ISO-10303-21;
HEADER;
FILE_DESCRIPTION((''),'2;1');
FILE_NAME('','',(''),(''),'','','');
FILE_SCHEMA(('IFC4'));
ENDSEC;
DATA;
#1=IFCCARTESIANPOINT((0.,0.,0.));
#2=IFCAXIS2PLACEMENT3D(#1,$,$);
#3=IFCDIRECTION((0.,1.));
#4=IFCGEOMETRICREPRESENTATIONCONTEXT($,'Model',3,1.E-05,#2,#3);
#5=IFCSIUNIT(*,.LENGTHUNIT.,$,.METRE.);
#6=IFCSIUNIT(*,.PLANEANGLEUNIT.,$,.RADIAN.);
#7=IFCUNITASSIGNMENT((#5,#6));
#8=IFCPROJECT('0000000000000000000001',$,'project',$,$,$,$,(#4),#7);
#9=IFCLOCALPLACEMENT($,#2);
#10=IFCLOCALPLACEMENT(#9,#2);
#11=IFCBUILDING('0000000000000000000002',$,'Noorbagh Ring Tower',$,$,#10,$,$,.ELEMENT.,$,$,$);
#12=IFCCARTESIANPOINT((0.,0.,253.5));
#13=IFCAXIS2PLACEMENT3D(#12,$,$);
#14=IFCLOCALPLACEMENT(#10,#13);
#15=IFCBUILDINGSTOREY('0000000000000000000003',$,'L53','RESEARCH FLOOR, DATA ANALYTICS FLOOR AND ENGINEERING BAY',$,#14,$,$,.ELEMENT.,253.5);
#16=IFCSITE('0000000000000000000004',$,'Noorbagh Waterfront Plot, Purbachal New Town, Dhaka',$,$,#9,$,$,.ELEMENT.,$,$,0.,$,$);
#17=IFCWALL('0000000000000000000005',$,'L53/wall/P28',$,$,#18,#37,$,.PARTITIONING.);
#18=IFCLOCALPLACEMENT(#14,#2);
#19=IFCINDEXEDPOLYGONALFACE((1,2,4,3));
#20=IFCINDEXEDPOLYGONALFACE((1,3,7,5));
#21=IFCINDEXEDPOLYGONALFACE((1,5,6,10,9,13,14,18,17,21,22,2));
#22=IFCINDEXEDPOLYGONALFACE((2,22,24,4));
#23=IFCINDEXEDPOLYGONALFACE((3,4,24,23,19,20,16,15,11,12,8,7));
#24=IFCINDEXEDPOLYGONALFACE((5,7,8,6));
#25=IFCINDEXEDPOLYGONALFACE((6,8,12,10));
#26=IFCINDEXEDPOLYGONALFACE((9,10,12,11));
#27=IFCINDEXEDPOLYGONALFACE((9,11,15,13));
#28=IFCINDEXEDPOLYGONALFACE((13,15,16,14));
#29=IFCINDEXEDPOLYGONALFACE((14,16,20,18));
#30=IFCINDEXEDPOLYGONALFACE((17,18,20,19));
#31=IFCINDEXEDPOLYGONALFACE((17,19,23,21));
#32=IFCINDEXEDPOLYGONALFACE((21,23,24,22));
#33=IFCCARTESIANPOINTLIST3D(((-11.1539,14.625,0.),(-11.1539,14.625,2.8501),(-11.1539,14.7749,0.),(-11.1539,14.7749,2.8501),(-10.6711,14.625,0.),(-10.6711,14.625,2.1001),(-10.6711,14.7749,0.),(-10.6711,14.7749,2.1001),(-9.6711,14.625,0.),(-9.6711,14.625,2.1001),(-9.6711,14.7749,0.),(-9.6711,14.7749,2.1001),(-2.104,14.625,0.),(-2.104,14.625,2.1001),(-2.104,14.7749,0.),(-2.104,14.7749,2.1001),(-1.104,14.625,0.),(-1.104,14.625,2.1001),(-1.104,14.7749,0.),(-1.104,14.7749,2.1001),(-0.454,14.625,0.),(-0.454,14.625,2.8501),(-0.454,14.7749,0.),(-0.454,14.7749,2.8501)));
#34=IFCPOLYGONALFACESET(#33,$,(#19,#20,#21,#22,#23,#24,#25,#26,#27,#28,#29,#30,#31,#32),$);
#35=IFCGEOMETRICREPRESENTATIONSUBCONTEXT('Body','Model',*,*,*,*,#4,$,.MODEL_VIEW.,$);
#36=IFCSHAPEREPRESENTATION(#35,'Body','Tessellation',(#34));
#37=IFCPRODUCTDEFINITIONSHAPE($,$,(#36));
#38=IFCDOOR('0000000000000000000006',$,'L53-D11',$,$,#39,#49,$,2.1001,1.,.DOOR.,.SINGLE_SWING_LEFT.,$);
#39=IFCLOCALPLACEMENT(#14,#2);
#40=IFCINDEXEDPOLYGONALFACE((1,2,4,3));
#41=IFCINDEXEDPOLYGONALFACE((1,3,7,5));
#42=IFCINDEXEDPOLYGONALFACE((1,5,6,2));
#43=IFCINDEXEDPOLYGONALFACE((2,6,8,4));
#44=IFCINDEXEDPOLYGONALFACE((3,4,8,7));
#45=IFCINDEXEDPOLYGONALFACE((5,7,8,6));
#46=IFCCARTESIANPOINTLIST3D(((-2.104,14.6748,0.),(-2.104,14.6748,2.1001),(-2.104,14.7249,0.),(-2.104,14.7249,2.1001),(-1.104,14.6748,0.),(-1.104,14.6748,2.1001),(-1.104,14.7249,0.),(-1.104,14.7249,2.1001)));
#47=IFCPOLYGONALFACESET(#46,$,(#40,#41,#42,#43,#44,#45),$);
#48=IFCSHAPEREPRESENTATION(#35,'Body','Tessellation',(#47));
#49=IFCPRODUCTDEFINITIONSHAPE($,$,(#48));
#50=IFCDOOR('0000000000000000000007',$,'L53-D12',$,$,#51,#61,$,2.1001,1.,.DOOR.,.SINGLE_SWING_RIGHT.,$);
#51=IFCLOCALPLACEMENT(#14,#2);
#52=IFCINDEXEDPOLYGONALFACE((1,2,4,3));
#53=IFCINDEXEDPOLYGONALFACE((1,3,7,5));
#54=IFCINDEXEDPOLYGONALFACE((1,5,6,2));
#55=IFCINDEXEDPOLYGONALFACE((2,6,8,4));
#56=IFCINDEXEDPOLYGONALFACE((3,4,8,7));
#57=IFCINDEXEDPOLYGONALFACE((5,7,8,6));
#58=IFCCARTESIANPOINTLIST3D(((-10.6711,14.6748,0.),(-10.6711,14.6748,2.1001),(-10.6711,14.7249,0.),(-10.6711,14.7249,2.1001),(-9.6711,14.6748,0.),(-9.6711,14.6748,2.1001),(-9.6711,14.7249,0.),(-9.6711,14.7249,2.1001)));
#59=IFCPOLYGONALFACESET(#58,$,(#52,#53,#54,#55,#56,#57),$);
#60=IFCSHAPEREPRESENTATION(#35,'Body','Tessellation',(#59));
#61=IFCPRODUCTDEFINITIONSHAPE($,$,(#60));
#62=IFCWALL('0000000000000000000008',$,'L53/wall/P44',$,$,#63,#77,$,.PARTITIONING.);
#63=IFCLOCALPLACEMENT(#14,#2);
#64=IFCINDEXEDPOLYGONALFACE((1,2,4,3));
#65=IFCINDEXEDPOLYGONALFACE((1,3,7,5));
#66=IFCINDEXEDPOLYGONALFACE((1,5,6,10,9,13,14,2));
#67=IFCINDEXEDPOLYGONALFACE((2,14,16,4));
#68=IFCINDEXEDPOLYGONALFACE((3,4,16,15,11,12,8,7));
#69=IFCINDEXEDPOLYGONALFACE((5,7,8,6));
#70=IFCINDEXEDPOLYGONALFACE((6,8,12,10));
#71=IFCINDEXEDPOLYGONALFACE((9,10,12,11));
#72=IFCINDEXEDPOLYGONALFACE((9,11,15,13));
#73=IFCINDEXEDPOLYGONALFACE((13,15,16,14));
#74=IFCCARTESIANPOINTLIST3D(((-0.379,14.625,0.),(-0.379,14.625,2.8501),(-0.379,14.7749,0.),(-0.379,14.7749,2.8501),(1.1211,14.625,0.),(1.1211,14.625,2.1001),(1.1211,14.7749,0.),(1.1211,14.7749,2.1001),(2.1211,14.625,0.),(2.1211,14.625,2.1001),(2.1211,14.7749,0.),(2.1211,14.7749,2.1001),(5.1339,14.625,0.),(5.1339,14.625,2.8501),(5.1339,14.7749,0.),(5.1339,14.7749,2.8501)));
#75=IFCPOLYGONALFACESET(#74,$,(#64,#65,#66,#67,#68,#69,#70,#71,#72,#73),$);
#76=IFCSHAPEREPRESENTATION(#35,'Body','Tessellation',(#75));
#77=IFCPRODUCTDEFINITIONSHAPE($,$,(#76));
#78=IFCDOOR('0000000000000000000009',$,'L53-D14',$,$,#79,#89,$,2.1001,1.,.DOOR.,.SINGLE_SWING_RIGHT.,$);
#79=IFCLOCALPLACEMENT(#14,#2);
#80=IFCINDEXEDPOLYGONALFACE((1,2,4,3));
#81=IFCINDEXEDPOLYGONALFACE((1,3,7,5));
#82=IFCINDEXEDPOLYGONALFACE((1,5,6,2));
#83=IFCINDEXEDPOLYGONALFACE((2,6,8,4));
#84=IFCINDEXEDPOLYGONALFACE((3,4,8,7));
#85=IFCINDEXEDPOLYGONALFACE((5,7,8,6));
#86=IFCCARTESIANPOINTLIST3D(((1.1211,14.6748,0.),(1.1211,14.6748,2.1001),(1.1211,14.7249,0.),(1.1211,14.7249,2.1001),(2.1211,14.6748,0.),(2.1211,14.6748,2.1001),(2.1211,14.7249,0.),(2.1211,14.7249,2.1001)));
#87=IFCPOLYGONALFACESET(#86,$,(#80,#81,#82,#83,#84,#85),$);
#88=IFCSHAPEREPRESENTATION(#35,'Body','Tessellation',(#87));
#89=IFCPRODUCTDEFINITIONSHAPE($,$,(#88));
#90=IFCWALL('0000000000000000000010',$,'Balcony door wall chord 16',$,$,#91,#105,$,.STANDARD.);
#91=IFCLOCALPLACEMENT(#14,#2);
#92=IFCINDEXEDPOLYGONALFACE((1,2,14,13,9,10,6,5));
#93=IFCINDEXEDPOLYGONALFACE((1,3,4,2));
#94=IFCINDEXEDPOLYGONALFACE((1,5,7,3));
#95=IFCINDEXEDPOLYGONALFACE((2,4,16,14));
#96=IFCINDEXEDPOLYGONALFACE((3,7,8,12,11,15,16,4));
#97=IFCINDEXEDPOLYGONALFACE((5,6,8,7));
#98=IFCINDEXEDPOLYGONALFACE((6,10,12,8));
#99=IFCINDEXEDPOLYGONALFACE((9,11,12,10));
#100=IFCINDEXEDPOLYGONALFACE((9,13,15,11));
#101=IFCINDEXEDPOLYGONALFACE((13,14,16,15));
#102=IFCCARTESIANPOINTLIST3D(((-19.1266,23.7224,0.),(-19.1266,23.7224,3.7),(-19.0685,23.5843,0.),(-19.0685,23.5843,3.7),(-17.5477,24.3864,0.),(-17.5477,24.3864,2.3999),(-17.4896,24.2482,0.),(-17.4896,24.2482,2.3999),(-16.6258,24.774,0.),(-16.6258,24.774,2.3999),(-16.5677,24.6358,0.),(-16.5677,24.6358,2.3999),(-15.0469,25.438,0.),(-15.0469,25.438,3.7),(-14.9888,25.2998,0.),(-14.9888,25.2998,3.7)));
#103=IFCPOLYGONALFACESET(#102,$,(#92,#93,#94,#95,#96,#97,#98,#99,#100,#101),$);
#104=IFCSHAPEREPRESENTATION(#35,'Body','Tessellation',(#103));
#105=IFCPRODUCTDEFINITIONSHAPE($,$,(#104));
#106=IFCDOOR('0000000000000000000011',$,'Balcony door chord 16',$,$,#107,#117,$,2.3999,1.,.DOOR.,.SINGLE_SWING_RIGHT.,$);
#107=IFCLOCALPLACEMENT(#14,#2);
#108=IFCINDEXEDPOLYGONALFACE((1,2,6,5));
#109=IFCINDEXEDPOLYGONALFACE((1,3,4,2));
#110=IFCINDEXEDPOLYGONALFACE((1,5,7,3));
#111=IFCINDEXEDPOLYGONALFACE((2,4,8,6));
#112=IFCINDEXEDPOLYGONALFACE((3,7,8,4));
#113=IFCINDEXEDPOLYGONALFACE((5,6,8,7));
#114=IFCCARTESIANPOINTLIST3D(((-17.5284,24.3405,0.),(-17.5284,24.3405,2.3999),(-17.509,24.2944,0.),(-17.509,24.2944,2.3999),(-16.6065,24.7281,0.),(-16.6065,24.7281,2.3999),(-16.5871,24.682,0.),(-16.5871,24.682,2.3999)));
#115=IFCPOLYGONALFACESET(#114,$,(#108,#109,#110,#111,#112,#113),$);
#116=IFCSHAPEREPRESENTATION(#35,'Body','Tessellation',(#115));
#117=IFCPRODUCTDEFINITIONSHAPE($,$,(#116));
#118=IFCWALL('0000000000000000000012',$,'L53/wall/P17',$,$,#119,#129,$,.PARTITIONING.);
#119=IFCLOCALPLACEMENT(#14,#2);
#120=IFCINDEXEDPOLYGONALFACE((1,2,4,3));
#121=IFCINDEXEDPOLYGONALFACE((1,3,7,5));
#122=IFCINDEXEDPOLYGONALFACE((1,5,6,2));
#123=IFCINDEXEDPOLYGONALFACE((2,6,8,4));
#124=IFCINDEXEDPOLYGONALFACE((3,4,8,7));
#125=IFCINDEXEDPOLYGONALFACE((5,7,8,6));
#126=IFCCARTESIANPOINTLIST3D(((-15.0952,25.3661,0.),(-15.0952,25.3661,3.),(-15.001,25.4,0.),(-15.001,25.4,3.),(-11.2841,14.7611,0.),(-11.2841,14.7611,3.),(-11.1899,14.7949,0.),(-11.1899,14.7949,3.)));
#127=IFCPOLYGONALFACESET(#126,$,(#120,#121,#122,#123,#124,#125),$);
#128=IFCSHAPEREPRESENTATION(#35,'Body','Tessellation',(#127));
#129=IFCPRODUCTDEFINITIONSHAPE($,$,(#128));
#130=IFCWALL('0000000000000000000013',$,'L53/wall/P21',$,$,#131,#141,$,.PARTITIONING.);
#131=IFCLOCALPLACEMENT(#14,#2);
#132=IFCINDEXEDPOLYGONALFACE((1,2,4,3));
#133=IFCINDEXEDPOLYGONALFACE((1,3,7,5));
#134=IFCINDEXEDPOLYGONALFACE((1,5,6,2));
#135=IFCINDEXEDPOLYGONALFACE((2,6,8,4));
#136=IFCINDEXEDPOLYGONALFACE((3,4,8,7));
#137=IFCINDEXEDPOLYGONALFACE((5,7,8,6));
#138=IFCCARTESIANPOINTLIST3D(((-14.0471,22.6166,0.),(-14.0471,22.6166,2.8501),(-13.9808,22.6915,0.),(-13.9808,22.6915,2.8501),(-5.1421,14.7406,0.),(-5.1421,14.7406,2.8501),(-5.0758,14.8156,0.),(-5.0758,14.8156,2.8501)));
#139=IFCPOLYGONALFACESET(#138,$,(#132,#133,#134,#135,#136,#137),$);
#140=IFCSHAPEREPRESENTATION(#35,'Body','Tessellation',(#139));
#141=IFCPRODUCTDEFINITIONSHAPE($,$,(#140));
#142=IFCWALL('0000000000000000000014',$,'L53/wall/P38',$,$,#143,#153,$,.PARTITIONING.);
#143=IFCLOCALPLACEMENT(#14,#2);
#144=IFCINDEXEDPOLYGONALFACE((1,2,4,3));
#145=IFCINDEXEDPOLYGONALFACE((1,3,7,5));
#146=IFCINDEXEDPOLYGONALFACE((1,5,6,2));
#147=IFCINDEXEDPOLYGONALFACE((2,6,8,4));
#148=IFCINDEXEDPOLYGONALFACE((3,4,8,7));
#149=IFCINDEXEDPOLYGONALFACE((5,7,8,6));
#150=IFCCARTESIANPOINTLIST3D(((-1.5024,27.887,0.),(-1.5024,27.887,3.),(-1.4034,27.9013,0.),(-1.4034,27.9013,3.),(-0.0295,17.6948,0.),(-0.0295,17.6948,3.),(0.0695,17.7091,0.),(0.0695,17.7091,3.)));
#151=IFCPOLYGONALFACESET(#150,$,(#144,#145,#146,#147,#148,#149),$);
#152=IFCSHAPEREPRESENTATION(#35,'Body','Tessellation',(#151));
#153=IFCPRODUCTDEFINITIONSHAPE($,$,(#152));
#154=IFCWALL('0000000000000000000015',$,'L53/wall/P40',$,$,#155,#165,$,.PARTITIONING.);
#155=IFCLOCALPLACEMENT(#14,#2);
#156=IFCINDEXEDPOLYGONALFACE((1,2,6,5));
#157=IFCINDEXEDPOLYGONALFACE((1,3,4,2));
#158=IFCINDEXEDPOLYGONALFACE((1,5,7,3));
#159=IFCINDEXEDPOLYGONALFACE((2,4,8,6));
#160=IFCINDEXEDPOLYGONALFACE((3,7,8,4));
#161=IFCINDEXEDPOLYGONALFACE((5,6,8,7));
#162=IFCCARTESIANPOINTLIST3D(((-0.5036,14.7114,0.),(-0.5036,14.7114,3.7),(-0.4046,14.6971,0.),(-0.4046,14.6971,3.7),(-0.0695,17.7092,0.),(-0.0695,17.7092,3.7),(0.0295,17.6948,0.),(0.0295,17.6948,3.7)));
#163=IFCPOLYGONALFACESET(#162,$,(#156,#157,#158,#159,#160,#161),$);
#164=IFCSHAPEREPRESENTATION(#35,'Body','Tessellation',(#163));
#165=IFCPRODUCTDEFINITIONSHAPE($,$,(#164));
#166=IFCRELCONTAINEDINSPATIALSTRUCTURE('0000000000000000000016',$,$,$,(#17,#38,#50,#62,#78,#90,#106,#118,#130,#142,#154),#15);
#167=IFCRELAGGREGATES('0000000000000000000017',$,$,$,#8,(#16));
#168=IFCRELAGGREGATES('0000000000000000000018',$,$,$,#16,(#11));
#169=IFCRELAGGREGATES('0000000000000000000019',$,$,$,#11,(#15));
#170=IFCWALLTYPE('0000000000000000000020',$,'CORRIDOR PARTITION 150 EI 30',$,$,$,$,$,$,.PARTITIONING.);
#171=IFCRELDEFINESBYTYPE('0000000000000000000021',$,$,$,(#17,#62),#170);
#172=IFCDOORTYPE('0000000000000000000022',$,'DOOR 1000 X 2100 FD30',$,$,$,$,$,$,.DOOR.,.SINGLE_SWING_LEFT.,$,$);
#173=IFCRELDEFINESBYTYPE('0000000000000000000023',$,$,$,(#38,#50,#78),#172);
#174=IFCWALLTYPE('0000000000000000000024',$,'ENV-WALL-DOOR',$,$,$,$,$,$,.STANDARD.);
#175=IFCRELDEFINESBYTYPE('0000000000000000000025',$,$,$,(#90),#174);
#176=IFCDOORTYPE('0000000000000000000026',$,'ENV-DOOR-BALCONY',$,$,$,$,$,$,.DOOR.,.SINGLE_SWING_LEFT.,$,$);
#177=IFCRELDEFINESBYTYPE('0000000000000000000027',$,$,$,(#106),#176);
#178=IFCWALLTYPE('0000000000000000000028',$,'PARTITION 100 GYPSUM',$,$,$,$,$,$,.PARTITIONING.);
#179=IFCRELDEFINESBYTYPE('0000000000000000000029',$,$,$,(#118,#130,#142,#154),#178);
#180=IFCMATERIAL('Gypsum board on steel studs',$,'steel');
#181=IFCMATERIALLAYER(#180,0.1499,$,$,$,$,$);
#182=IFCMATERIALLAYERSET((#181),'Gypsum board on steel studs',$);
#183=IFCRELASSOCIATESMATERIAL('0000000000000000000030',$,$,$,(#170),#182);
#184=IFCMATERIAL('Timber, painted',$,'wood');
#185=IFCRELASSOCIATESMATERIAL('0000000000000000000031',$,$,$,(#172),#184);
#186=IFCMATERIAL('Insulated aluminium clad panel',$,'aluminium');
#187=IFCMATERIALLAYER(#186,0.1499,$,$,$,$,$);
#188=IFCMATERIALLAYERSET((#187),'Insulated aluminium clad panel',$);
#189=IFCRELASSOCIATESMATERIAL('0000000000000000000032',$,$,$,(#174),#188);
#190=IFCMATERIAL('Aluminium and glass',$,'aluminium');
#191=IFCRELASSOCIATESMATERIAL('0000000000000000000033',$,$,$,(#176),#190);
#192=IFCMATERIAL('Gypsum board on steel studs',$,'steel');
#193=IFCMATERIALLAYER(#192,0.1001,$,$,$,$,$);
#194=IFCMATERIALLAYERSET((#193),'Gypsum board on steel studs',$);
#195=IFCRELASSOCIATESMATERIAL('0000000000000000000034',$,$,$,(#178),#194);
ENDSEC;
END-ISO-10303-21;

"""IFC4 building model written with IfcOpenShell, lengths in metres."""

from ifc_helpers import new_model, si_unit, direction, frame, frame_2d, origin, place, context, subcontext, project, spatial, rectangle, extrude, material, layer, layer_set, type_object, element, fill, save


model = new_model("IFC4")

# Units and contexts
model_context = context("Model", 3, precision=1e-05, world=origin(), true_north=direction((0.0, 1.0)))
body_context = subcontext(model_context, "Body", "Model", "MODEL_VIEW")
ifc_project = project(units=[si_unit("LENGTHUNIT", "METRE"), si_unit("PLANEANGLEUNIT", "RADIAN")], contexts=[model_context])

# Site, building, storey
site_placement = place(None, origin())
site = spatial("IfcSite", under=ifc_project, at=site_placement, Name="Noorbagh Waterfront Plot, Purbachal New Town, Dhaka", CompositionType="ELEMENT", RefElevation=0.0)
building_placement = place(site_placement, origin())
building = spatial("IfcBuilding", under=site, at=building_placement, Name="Noorbagh Ring Tower", CompositionType="ELEMENT")
storey_placement = place(building_placement, frame((0.0, 0.0, 253.5)))
storey = spatial("IfcBuildingStorey", under=building, at=storey_placement, Name="L53", Description="RESEARCH FLOOR, DATA ANALYTICS FLOOR AND ENGINEERING BAY", CompositionType="ELEMENT", Elevation=253.5)

# Wall, openings, doors
ifc_material_1 = material(Name="Gypsum board on steel studs", Category="steel")
ifc_layer_1 = layer(ifc_material_1, 0.1499)
ifc_layer_set_1 = layer_set([ifc_layer_1], Name="Gypsum board on steel studs")
wall_type_1 = type_object("IfcWallType", Name="CORRIDOR PARTITION 150 EI 30", PredefinedType="PARTITIONING", material=ifc_layer_set_1)
wall_1_placement = place(storey_placement, frame((-11.1541, 14.7, 0.0), z_axis=(0.0, 0.0, 1.0), x_axis=(1.0, 0.0, 0.0)))
wall_1 = element("IfcWall", 1, at=wall_1_placement, inside=storey, type_object=wall_type_1, Name="L53/wall/P28", PredefinedType="PARTITIONING", context=body_context, shape_type="SweptSolid", body=[
    extrude(rectangle(XDim=10.7, YDim=0.1499, at=frame_2d((5.3501, 0.0))), origin(), (0.0, 0.0, 1.0), 2.8501),
])
opening_1_placement = place(wall_1_placement, frame((9.05, 0.0, 0.0)))
opening_1 = element("IfcOpeningElement", 2, at=opening_1_placement, cuts=wall_1, PredefinedType="OPENING", context=body_context, shape_type="SweptSolid", body=[
    extrude(rectangle(XDim=1.0, YDim=2.1001, at=frame_2d((0.5, 1.05))), frame((0.0, 0.085, 0.0), z_axis=(0.0, -1.0, 0.0), x_axis=(1.0, 0.0, 0.0)), (0.0, 0.0, 1.0), 0.1699),
])
opening_2_placement = place(wall_1_placement, frame((0.4829, 0.0, 0.0)))
opening_2 = element("IfcOpeningElement", 3, at=opening_2_placement, cuts=wall_1, PredefinedType="OPENING", context=body_context, shape_type="SweptSolid", body=[
    extrude(rectangle(XDim=1.0, YDim=2.1001, at=frame_2d((0.5, 1.05))), frame((0.0, 0.085, 0.0), z_axis=(0.0, -1.0, 0.0), x_axis=(1.0, 0.0, 0.0)), (0.0, 0.0, 1.0), 0.1699),
])
ifc_material_2 = material(Name="Timber, painted", Category="wood")
door_type_1 = type_object("IfcDoorType", Name="DOOR 1000 X 2100 FD30", OperationType="SINGLE_SWING_LEFT", PredefinedType="DOOR", material=ifc_material_2)
door_1_placement = place(opening_1_placement, origin())
door_1 = element("IfcDoor", 4, at=door_1_placement, inside=storey, type_object=door_type_1, Name="L53-D11", OperationType="SINGLE_SWING_LEFT", OverallHeight=2.1001, OverallWidth=1.0, PredefinedType="DOOR", context=body_context, shape_type="SweptSolid", body=[
    extrude(rectangle(XDim=1.0, YDim=2.1001, at=frame_2d((0.5, 1.05))), frame((0.0, 0.0249, 0.0), z_axis=(0.0, -1.0, 0.0), x_axis=(1.0, 0.0, 0.0)), (0.0, 0.0, 1.0), 0.05),
])
fill(opening_1, door_1)
door_2_placement = place(opening_2_placement, origin())
door_2 = element("IfcDoor", 5, at=door_2_placement, inside=storey, type_object=door_type_1, Name="L53-D12", OperationType="SINGLE_SWING_RIGHT", OverallHeight=2.1001, OverallWidth=1.0, PredefinedType="DOOR", context=body_context, shape_type="SweptSolid", body=[
    extrude(rectangle(XDim=1.0, YDim=2.1001, at=frame_2d((0.5, 1.05))), frame((0.0, 0.0249, 0.0), z_axis=(0.0, -1.0, 0.0), x_axis=(1.0, 0.0, 0.0)), (0.0, 0.0, 1.0), 0.05),
])
fill(opening_2, door_2)

# Walls, openings, doors
wall_2_placement = place(storey_placement, frame((-0.3789, 14.7, 0.0), z_axis=(0.0, 0.0, 1.0), x_axis=(1.0, 0.0, 0.0)))
wall_2 = element("IfcWall", 6, at=wall_2_placement, inside=storey, type_object=wall_type_1, Name="L53/wall/P44", PredefinedType="PARTITIONING", context=body_context, shape_type="SweptSolid", body=[
    extrude(rectangle(XDim=5.5129, YDim=0.1499, at=frame_2d((2.7563, 0.0))), origin(), (0.0, 0.0, 1.0), 2.8501),
])
opening_3_placement = place(wall_2_placement, frame((1.5, 0.0, 0.0)))
opening_3 = element("IfcOpeningElement", 7, at=opening_3_placement, cuts=wall_2, PredefinedType="OPENING", context=body_context, shape_type="SweptSolid", body=[
    extrude(rectangle(XDim=1.0, YDim=2.1001, at=frame_2d((0.5, 1.05))), frame((0.0, 0.085, 0.0), z_axis=(0.0, -1.0, 0.0), x_axis=(1.0, 0.0, 0.0)), (0.0, 0.0, 1.0), 0.1699),
])
door_3_placement = place(opening_3_placement, origin())
door_3 = element("IfcDoor", 8, at=door_3_placement, inside=storey, type_object=door_type_1, Name="L53-D14", OperationType="SINGLE_SWING_RIGHT", OverallHeight=2.1001, OverallWidth=1.0, PredefinedType="DOOR", context=body_context, shape_type="SweptSolid", body=[
    extrude(rectangle(XDim=1.0, YDim=2.1001, at=frame_2d((0.5, 1.05))), frame((0.0, 0.0249, 0.0), z_axis=(0.0, -1.0, 0.0), x_axis=(1.0, 0.0, 0.0)), (0.0, 0.0, 1.0), 0.05),
])
fill(opening_3, door_3)
ifc_material_3 = material(Name="Insulated aluminium clad panel", Category="aluminium")
ifc_layer_2 = layer(ifc_material_3, 0.1499)
ifc_layer_set_2 = layer_set([ifc_layer_2], Name="Insulated aluminium clad panel")
wall_type_2 = type_object("IfcWallType", Name="ENV-WALL-DOOR", PredefinedType="STANDARD", material=ifc_layer_set_2)
wall_3_placement = place(storey_placement, frame((-15.0178, 25.3689, 0.0), z_axis=(0.0, 0.0, 1.0), x_axis=(-0.921817, -0.387625, 0.0)))
wall_3 = element("IfcWall", 9, at=wall_3_placement, inside=storey, type_object=wall_type_2, Name="Balcony door wall chord 16", PredefinedType="STANDARD", context=body_context, shape_type="SweptSolid", body=[
    extrude(rectangle(XDim=4.4258, YDim=0.1499, at=frame_2d((2.2129, 0.0))), origin(), (0.0, 0.0, 1.0), 3.7),
])
opening_4_placement = place(wall_3_placement, frame((1.7129, 0.0, 0.0)))
opening_4 = element("IfcOpeningElement", 10, at=opening_4_placement, cuts=wall_3, PredefinedType="OPENING", context=body_context, shape_type="SweptSolid", body=[
    extrude(rectangle(XDim=1.0, YDim=2.3999, at=frame_2d((0.5, 1.2))), frame((0.0, 0.085, 0.0), z_axis=(0.0, -1.0, 0.0), x_axis=(1.0, 0.0, 0.0)), (0.0, 0.0, 1.0), 0.1699),
])
ifc_material_4 = material(Name="Aluminium and glass", Category="aluminium")
door_type_2 = type_object("IfcDoorType", Name="ENV-DOOR-BALCONY", OperationType="SINGLE_SWING_LEFT", PredefinedType="DOOR", material=ifc_material_4)
door_4_placement = place(opening_4_placement, origin())
door_4 = element("IfcDoor", 11, at=door_4_placement, inside=storey, type_object=door_type_2, Name="Balcony door chord 16", OperationType="SINGLE_SWING_RIGHT", OverallHeight=2.3999, OverallWidth=1.0, PredefinedType="DOOR", context=body_context, shape_type="SweptSolid", body=[
    extrude(rectangle(XDim=1.0, YDim=2.3999, at=frame_2d((0.5, 1.2))), frame((0.0, 0.0249, 0.0), z_axis=(0.0, -1.0, 0.0), x_axis=(1.0, 0.0, 0.0)), (0.0, 0.0, 1.0), 0.05),
])
fill(opening_4, door_4)

# Walls
ifc_material_5 = material(Name="Gypsum board on steel studs", Category="steel")
ifc_layer_3 = layer(ifc_material_5, 0.1001)
ifc_layer_set_3 = layer_set([ifc_layer_3], Name="Gypsum board on steel studs")
wall_type_3 = type_object("IfcWallType", Name="PARTITION 100 GYPSUM", PredefinedType="PARTITIONING", material=ifc_layer_set_3)
wall_4_placement = place(storey_placement, frame((-15.0481, 25.3831, 0.0), z_axis=(0.0, 0.0, 1.0), x_axis=(0.338189, -0.941078, 0.0)))
element("IfcWall", 12, at=wall_4_placement, inside=storey, type_object=wall_type_3, Name="L53/wall/P17", PredefinedType="PARTITIONING", context=body_context, shape_type="SweptSolid", body=[
    extrude(rectangle(XDim=11.269, YDim=0.1001, at=frame_2d((5.6345, 0.0))), origin(), (0.0, 0.0, 1.0), 3.0),
])
wall_5_placement = place(storey_placement, frame((-14.0139, 22.6541, 0.0), z_axis=(0.0, 0.0, 1.0), x_axis=(0.749061, -0.662501, 0.0)))
element("IfcWall", 13, at=wall_5_placement, inside=storey, type_object=wall_type_3, Name="L53/wall/P21", PredefinedType="PARTITIONING", context=body_context, shape_type="SweptSolid", body=[
    extrude(rectangle(XDim=11.8882, YDim=0.1001, at=frame_2d((5.9441, 0.0))), origin(), (0.0, 0.0, 1.0), 2.8501),
])
wall_6_placement = place(storey_placement, frame((-1.4529, 27.894, 0.0), z_axis=(0.0, 0.0, 1.0), x_axis=(0.143028, -0.989719, 0.0)))
element("IfcWall", 14, at=wall_6_placement, inside=storey, type_object=wall_type_3, Name="L53/wall/P38", PredefinedType="PARTITIONING", context=body_context, shape_type="SweptSolid", body=[
    extrude(rectangle(XDim=10.2981, YDim=0.1001, at=frame_2d((5.1489, 0.0))), origin(), (0.0, 0.0, 1.0), 3.0),
])
wall_7_placement = place(storey_placement, frame((-0.4541, 14.7041, 0.0), z_axis=(0.0, 0.0, 1.0), x_axis=(0.143306, 0.989678, 0.0)))
element("IfcWall", 15, at=wall_7_placement, inside=storey, type_object=wall_type_3, Name="L53/wall/P40", PredefinedType="PARTITIONING", context=body_context, shape_type="SweptSolid", body=[
    extrude(rectangle(XDim=3.0291, YDim=0.1001, at=frame_2d((1.5146, 0.0))), origin(), (0.0, 0.0, 1.0), 3.7),
])

save(model, "model.ifc")
